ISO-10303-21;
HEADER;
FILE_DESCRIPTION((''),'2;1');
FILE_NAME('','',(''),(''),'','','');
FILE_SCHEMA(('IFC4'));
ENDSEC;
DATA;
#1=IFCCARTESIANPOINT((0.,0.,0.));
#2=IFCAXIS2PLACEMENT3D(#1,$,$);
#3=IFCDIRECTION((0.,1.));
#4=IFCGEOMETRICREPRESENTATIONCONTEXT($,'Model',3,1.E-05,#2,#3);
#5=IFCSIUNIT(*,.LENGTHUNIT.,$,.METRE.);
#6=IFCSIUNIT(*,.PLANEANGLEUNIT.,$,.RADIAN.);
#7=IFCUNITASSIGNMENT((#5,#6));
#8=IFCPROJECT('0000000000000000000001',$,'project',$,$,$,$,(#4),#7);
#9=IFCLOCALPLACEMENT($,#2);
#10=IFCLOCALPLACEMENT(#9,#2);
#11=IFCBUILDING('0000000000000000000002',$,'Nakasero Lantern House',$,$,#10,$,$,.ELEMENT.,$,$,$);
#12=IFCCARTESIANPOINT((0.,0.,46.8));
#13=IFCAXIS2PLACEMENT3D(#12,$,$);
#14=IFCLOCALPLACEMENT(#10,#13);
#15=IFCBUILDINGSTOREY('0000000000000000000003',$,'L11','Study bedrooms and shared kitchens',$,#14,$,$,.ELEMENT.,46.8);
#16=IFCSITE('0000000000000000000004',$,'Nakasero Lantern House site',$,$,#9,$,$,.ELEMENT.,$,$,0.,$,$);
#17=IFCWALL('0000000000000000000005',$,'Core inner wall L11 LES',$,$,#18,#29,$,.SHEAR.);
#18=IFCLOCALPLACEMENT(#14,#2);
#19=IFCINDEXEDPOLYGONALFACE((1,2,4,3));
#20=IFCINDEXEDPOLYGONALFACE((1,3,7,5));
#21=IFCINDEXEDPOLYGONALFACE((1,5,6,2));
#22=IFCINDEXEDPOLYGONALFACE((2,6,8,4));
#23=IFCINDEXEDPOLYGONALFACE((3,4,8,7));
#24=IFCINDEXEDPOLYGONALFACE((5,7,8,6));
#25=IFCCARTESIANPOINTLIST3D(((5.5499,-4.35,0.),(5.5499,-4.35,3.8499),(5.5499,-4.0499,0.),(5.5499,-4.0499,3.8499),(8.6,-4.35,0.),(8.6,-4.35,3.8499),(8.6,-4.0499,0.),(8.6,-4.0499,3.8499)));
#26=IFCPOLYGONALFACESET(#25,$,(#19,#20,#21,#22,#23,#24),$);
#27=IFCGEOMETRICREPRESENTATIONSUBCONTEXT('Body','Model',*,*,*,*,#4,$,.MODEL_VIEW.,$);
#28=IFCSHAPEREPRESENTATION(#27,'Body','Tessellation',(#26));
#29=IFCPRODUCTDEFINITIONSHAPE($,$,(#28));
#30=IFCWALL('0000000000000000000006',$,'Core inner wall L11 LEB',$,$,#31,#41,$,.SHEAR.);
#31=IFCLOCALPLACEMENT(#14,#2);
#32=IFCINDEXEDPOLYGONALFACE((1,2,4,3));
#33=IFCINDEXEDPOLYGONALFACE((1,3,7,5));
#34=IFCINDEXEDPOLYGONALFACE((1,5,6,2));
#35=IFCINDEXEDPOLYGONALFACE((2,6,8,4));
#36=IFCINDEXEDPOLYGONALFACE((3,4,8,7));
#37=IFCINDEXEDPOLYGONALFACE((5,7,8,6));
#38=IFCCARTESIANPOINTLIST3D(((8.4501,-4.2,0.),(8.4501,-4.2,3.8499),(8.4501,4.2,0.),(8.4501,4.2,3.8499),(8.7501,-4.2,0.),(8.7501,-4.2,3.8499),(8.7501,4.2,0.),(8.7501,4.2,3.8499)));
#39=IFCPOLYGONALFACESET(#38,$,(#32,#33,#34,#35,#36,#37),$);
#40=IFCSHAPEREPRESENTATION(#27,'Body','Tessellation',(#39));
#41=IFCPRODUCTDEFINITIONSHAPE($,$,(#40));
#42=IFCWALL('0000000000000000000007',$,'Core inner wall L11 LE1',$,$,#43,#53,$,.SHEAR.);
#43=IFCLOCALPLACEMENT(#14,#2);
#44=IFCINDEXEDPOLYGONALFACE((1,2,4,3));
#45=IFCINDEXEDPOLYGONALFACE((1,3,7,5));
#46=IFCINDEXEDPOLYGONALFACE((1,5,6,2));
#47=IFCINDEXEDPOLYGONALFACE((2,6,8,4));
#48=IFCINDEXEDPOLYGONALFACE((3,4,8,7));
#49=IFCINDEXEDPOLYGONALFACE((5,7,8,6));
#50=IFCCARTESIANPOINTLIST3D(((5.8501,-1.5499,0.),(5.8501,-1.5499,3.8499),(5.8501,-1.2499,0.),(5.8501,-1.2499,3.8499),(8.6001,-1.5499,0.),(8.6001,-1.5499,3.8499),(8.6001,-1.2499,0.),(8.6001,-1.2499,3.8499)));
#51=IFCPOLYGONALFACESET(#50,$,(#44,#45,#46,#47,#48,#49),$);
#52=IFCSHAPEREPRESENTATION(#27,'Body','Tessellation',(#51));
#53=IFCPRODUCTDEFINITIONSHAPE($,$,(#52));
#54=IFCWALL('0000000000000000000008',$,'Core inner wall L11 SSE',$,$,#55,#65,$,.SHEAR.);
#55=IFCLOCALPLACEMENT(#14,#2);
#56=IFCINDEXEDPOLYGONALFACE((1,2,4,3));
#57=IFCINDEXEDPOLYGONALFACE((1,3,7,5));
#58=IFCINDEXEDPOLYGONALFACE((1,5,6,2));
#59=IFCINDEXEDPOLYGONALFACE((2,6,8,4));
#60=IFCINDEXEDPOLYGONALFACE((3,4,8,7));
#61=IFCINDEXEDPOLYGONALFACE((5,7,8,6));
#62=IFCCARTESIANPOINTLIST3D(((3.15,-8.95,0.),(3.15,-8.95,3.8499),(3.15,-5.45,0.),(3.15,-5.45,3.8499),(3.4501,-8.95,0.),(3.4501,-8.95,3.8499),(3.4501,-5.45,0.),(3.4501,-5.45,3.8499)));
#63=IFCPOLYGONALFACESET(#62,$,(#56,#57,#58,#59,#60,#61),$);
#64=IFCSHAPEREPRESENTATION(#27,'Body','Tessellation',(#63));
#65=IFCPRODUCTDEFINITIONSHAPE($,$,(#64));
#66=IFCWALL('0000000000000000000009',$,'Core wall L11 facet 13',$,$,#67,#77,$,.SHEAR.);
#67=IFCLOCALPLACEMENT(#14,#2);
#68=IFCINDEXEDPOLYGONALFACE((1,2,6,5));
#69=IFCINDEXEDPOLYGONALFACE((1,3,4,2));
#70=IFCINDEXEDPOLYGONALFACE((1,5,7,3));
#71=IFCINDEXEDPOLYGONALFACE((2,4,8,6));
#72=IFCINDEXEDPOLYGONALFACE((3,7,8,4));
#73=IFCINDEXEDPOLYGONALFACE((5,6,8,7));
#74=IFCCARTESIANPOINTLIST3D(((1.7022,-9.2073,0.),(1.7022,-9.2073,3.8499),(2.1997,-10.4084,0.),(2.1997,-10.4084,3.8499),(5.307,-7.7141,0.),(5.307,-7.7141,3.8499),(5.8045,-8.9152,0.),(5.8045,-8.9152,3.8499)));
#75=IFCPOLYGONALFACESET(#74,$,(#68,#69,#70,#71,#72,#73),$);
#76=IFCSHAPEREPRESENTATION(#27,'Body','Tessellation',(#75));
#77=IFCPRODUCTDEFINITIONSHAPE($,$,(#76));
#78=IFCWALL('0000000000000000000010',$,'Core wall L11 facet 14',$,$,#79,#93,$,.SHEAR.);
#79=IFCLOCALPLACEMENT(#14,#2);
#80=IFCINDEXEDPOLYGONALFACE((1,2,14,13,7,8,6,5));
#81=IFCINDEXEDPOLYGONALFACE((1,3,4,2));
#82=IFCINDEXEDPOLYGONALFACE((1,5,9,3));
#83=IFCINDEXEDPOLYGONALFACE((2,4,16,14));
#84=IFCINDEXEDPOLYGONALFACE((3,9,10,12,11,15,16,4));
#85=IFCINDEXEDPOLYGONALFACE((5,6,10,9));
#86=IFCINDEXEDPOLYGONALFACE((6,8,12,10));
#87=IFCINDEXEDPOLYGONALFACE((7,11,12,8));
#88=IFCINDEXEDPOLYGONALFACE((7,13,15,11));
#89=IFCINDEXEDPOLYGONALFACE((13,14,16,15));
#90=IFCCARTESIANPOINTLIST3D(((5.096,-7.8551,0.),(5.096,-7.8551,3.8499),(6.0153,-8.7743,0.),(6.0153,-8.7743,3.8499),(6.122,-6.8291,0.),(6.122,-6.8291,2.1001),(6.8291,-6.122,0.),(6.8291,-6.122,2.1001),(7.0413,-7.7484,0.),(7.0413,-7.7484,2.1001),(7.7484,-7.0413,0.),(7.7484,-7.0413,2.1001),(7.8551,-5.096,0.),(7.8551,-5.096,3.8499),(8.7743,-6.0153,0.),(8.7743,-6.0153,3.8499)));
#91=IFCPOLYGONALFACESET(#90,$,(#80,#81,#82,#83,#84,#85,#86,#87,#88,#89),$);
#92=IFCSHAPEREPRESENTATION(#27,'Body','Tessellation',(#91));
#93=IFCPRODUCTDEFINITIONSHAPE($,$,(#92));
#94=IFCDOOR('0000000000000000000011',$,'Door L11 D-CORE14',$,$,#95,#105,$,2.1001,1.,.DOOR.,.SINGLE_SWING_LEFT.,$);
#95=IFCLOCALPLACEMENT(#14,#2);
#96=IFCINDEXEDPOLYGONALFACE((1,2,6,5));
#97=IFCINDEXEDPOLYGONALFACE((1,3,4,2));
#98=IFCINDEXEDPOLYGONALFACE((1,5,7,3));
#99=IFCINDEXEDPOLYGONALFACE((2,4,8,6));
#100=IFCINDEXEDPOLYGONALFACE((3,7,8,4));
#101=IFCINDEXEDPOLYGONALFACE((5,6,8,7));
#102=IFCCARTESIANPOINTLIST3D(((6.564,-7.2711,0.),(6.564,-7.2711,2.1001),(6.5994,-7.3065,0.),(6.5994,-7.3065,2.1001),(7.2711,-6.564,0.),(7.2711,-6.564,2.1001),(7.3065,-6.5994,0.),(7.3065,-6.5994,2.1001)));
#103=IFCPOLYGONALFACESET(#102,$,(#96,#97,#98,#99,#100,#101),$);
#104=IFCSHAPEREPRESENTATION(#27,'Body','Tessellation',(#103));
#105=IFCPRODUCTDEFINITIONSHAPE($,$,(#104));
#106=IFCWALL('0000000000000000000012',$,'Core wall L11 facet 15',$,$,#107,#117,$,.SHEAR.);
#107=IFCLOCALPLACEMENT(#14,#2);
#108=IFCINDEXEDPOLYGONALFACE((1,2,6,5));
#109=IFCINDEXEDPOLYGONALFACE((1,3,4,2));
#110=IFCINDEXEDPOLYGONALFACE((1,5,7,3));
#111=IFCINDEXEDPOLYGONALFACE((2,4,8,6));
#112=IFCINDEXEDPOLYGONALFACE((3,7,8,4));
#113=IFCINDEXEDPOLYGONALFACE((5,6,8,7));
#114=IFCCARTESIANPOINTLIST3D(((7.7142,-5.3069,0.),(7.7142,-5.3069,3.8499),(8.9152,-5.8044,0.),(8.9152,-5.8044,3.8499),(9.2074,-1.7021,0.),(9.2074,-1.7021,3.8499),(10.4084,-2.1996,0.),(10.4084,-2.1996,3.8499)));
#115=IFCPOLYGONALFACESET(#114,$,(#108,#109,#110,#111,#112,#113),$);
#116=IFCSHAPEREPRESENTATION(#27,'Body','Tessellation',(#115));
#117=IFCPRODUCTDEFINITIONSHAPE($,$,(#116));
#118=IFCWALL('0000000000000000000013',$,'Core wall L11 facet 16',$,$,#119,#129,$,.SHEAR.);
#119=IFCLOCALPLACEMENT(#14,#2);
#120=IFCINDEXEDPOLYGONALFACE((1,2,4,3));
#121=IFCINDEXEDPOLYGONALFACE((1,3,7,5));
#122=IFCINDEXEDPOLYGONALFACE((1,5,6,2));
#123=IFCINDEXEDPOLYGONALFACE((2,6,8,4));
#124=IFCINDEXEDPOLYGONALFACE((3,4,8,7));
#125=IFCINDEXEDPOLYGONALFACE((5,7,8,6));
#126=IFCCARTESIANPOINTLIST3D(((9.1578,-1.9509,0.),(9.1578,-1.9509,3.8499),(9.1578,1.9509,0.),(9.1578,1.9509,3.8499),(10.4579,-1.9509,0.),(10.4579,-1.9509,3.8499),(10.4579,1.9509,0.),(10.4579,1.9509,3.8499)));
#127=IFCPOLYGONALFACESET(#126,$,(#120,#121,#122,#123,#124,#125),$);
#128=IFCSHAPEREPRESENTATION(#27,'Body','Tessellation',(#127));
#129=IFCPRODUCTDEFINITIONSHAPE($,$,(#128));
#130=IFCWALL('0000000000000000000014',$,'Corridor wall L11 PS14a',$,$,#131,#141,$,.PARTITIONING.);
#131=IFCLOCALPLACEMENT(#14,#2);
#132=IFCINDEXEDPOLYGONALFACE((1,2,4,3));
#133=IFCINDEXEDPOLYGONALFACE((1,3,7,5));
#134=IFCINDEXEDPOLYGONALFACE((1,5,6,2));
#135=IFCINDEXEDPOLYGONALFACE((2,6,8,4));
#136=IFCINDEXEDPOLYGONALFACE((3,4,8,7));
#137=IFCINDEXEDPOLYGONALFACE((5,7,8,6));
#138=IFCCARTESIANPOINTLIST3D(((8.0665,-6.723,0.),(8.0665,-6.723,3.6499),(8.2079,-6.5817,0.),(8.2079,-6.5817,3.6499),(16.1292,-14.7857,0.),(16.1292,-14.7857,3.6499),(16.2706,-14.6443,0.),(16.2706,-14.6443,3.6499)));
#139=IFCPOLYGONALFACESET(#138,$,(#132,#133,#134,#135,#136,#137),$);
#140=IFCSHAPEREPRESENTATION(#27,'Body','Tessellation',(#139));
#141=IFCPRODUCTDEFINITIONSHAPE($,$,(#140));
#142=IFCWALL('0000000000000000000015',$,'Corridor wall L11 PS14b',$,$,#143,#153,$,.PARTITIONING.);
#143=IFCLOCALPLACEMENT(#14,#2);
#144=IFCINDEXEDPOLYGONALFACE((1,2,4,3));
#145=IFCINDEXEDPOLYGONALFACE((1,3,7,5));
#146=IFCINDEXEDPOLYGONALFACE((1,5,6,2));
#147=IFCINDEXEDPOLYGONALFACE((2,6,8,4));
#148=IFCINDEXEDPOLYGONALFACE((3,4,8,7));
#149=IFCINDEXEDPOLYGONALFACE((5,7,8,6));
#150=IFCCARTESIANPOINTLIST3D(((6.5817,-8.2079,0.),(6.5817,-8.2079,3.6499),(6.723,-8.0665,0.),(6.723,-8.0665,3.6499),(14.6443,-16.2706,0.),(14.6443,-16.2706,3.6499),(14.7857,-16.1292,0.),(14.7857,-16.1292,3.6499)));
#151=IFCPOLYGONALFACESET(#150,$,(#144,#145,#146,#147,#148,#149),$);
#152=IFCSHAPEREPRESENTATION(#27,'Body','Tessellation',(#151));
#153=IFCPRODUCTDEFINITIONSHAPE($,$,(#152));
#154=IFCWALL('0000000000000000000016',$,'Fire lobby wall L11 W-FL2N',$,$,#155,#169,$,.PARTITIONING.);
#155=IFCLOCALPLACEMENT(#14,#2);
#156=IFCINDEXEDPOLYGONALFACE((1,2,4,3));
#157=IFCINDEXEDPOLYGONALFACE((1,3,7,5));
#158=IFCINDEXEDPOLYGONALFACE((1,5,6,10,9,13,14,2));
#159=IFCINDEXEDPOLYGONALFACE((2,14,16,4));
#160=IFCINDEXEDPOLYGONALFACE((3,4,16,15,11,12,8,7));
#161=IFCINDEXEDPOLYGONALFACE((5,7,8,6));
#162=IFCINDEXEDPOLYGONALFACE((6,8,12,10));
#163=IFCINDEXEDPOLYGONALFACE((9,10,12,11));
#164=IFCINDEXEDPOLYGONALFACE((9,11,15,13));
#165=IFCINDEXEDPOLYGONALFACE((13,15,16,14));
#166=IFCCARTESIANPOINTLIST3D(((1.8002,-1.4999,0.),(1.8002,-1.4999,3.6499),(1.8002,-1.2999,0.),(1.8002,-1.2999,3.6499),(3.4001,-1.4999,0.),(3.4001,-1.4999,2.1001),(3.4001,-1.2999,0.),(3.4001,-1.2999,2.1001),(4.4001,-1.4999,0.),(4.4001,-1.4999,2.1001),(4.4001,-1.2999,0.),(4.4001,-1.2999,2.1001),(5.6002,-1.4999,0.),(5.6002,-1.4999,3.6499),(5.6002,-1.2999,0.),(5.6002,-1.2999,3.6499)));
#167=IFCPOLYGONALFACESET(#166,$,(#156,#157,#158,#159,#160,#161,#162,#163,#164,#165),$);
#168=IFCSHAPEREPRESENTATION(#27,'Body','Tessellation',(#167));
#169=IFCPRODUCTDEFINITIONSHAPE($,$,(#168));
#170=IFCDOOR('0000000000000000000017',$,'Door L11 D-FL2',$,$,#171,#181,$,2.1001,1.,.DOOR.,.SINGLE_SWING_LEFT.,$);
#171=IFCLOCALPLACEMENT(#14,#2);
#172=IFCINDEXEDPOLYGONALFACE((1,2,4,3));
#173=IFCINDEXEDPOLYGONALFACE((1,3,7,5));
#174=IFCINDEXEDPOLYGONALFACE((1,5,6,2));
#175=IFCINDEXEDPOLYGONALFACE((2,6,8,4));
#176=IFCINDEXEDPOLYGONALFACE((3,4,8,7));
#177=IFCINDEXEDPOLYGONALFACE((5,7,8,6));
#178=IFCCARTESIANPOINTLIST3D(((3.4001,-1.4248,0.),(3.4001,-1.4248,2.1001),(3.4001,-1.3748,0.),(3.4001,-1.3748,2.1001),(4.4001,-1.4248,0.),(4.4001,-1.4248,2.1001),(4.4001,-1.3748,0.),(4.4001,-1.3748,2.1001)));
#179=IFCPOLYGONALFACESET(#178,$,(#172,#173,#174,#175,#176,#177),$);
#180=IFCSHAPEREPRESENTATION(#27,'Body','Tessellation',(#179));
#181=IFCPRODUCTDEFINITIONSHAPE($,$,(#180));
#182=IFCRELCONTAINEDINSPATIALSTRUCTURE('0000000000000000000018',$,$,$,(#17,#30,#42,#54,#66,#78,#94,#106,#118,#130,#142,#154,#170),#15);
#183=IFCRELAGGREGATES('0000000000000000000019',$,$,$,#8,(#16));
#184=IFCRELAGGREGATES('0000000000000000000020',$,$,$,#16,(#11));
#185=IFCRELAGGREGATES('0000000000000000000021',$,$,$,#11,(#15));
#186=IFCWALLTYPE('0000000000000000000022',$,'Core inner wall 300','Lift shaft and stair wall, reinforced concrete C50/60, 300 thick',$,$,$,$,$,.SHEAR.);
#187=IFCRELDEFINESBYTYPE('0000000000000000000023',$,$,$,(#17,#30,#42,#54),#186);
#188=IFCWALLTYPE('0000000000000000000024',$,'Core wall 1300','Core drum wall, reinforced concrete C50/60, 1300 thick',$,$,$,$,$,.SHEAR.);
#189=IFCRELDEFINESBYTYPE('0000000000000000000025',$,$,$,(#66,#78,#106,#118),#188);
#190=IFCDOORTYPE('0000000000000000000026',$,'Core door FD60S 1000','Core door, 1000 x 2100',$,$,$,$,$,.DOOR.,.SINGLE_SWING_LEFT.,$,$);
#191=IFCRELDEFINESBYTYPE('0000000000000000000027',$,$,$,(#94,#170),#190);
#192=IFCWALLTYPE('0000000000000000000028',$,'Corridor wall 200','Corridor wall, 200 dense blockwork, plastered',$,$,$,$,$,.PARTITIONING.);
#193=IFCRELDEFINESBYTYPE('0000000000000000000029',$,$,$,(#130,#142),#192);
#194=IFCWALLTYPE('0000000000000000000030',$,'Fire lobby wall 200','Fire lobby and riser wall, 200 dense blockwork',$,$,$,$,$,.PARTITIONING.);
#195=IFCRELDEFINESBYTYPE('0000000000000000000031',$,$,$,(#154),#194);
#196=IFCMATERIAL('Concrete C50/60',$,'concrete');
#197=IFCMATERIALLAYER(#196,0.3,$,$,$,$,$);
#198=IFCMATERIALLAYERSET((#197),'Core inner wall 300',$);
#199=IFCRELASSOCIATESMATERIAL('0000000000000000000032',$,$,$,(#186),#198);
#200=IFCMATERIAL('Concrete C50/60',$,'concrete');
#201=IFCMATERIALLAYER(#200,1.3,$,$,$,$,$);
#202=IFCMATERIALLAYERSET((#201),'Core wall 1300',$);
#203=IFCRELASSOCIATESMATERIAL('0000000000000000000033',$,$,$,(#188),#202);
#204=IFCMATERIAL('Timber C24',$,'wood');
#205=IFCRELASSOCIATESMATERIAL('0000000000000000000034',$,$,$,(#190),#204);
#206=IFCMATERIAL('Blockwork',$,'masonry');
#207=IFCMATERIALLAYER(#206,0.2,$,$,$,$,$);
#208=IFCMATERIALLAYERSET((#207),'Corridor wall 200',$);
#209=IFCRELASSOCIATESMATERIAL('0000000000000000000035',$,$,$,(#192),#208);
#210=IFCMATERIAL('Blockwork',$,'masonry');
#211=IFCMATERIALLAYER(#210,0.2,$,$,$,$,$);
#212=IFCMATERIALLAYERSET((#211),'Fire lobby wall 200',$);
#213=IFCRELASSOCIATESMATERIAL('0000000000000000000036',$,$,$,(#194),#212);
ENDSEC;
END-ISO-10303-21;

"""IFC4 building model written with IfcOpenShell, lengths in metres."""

from ifc_helpers import new_model, si_unit, direction, frame, frame_2d, origin, place, context, subcontext, project, spatial, rectangle, extrude, material, layer, layer_set, type_object, element, fill, save


model = new_model("IFC4")

# Units and contexts
model_context = context("Model", 3, precision=1e-05, world=origin(), true_north=direction((0.0, 1.0)))
body_context = subcontext(model_context, "Body", "Model", "MODEL_VIEW")
ifc_project = project(units=[si_unit("LENGTHUNIT", "METRE"), si_unit("PLANEANGLEUNIT", "RADIAN")], contexts=[model_context])

# Site, building, storey
site_placement = place(None, origin())
site = spatial("IfcSite", under=ifc_project, at=site_placement, Name="Nakasero Lantern House site", CompositionType="ELEMENT", RefElevation=0.0)
building_placement = place(site_placement, origin())
building = spatial("IfcBuilding", under=site, at=building_placement, Name="Nakasero Lantern House", CompositionType="ELEMENT")
storey_placement = place(building_placement, frame((0.0, 0.0, 46.8)))
storey = spatial("IfcBuildingStorey", under=building, at=storey_placement, Name="L11", Description="Study bedrooms and shared kitchens", CompositionType="ELEMENT", Elevation=46.8)

# Shared definitions
ifc_material_1 = material(Name="Concrete C50/60", Category="concrete")
ifc_layer_1 = layer(ifc_material_1, 0.3)
ifc_layer_set_1 = layer_set([ifc_layer_1], Name="Core inner wall 300")
wall_type_1 = type_object("IfcWallType", Name="Core inner wall 300", Description="Lift shaft and stair wall, reinforced concrete C50/60, 300 thick", PredefinedType="SHEAR", material=ifc_layer_set_1)

# Walls
wall_1_placement = place(storey_placement, frame((5.55, -4.2, 0.0), z_axis=(0.0, 0.0, 1.0), x_axis=(1.0, 0.0, 0.0)))
element("IfcWall", 1, at=wall_1_placement, inside=storey, type_object=wall_type_1, Name="Core inner wall L11 LES", PredefinedType="SHEAR", context=body_context, shape_type="SweptSolid", body=[
    extrude(rectangle(XDim=3.05, YDim=0.3, at=frame_2d((1.5249, 0.0))), origin(), (0.0, 0.0, 1.0), 3.8499),
])
wall_2_placement = place(storey_placement, frame((8.6001, -4.2, 0.0), z_axis=(0.0, 0.0, 1.0), x_axis=(0.0, 1.0, 0.0)))
element("IfcWall", 2, at=wall_2_placement, inside=storey, type_object=wall_type_1, Name="Core inner wall L11 LEB", PredefinedType="SHEAR", context=body_context, shape_type="SweptSolid", body=[
    extrude(rectangle(XDim=8.3999, YDim=0.3, at=frame_2d((4.2, 0.0))), origin(), (0.0, 0.0, 1.0), 3.8499),
])
wall_3_placement = place(storey_placement, frame((5.8501, -1.3999, 0.0), z_axis=(0.0, 0.0, 1.0), x_axis=(1.0, 0.0, 0.0)))
element("IfcWall", 3, at=wall_3_placement, inside=storey, type_object=wall_type_1, Name="Core inner wall L11 LE1", PredefinedType="SHEAR", context=body_context, shape_type="SweptSolid", body=[
    extrude(rectangle(XDim=2.75, YDim=0.3, at=frame_2d((1.375, 0.0))), origin(), (0.0, 0.0, 1.0), 3.8499),
])
wall_4_placement = place(storey_placement, frame((3.3, -5.45, 0.0), z_axis=(0.0, 0.0, 1.0), x_axis=(0.0, -1.0, 0.0)))
element("IfcWall", 4, at=wall_4_placement, inside=storey, type_object=wall_type_1, Name="Core inner wall L11 SSE", PredefinedType="SHEAR", context=body_context, shape_type="SweptSolid", body=[
    extrude(rectangle(XDim=3.5, YDim=0.3, at=frame_2d((1.75, 0.0))), origin(), (0.0, 0.0, 1.0), 3.8499),
])
ifc_material_2 = material(Name="Concrete C50/60", Category="concrete")
ifc_layer_2 = layer(ifc_material_2, 1.3)
ifc_layer_set_2 = layer_set([ifc_layer_2], Name="Core wall 1300")
wall_type_2 = type_object("IfcWallType", Name="Core wall 1300", Description="Core drum wall, reinforced concrete C50/60, 1300 thick", PredefinedType="SHEAR", material=ifc_layer_set_2)
wall_5_placement = place(storey_placement, frame((1.9509, -9.8079, 0.0), z_axis=(0.0, 0.0, 1.0), x_axis=(0.923877, 0.382691, 0.0)))
element("IfcWall", 5, at=wall_5_placement, inside=storey, type_object=wall_type_2, Name="Core wall L11 facet 13", PredefinedType="SHEAR", context=body_context, shape_type="SweptSolid", body=[
    extrude(rectangle(XDim=3.9019, YDim=1.3, at=frame_2d((1.9509, 0.0))), origin(), (0.0, 0.0, 1.0), 3.8499),
])

# Wall, opening, door
wall_6_placement = place(storey_placement, frame((5.5557, -8.3147, 0.0), z_axis=(0.0, 0.0, 1.0), x_axis=(0.707107, 0.707107, 0.0)))
wall_6 = element("IfcWall", 6, at=wall_6_placement, inside=storey, type_object=wall_type_2, Name="Core wall L11 facet 14", PredefinedType="SHEAR", context=body_context, shape_type="SweptSolid", body=[
    extrude(rectangle(XDim=3.9019, YDim=1.3, at=frame_2d((1.9509, 0.0))), origin(), (0.0, 0.0, 1.0), 3.8499),
])
opening_1_placement = place(wall_6_placement, frame((1.4509, 0.0, 0.0)))
opening_1 = element("IfcOpeningElement", 7, at=opening_1_placement, cuts=wall_6, PredefinedType="OPENING", context=body_context, shape_type="SweptSolid", body=[
    extrude(rectangle(XDim=1.0, YDim=2.1001, at=frame_2d((0.5, 1.05))), frame((0.0, 0.6699, 0.0), z_axis=(0.0, -1.0, 0.0), x_axis=(1.0, 0.0, 0.0)), (0.0, 0.0, 1.0), 1.3401),
])
ifc_material_3 = material(Name="Timber C24", Category="wood")
door_type_1 = type_object("IfcDoorType", Name="Core door FD60S 1000", Description="Core door, 1000 x 2100", OperationType="SINGLE_SWING_LEFT", PredefinedType="DOOR", material=ifc_material_3)
door_1_placement = place(opening_1_placement, origin())
door_1 = element("IfcDoor", 8, at=door_1_placement, inside=storey, type_object=door_type_1, Name="Door L11 D-CORE14", OperationType="SINGLE_SWING_LEFT", OverallHeight=2.1001, OverallWidth=1.0, PredefinedType="DOOR", context=body_context, shape_type="SweptSolid", body=[
    extrude(rectangle(XDim=1.0, YDim=2.1001, at=frame_2d((0.5, 1.05))), frame((0.0, 0.0249, 0.0), z_axis=(0.0, -1.0, 0.0), x_axis=(1.0, 0.0, 0.0)), (0.0, 0.0, 1.0), 0.05),
])
fill(opening_1, door_1)

# Walls
for number, where, z_axis, x_axis, name in (
    (9, (8.3147, -5.5557, 0.0), (0.0, 0.0, 1.0), (0.382691, 0.923877, 0.0), "Core wall L11 facet 15"),
    (10, (9.8079, -1.9509, 0.0), (0.0, 0.0, 1.0), (0.0, 1.0, 0.0), "Core wall L11 facet 16"),
):
    element("IfcWall", number, at=place(storey_placement, frame(where, z_axis=z_axis, x_axis=x_axis)), inside=storey, type_object=wall_type_2, Name=name, PredefinedType="SHEAR", context=body_context, shape_type="SweptSolid", body=[
        extrude(rectangle(XDim=3.9019, YDim=1.3, at=frame_2d((1.9509, 0.0))), origin(), (0.0, 0.0, 1.0), 3.8499),
    ])
ifc_material_4 = material(Name="Blockwork", Category="masonry")
ifc_layer_3 = layer(ifc_material_4, 0.2)
ifc_layer_set_3 = layer_set([ifc_layer_3], Name="Corridor wall 200")
wall_type_3 = type_object("IfcWallType", Name="Corridor wall 200", Description="Corridor wall, 200 dense blockwork, plastered", PredefinedType="PARTITIONING", material=ifc_layer_set_3)
for number, where, z_axis, x_axis, name in (
    (11, (8.1372, -6.6523, 0.0), (0.0, 0.0, 1.0), (0.707107, -0.707107, 0.0), "Corridor wall L11 PS14a"),
    (12, (6.6523, -8.1372, 0.0), (0.0, 0.0, 1.0), (0.707107, -0.707107, 0.0), "Corridor wall L11 PS14b"),
):
    element("IfcWall", number, at=place(storey_placement, frame(where, z_axis=z_axis, x_axis=x_axis)), inside=storey, type_object=wall_type_3, Name=name, PredefinedType="PARTITIONING", context=body_context, shape_type="SweptSolid", body=[
        extrude(rectangle(XDim=11.4023, YDim=0.2, at=frame_2d((5.7012, 0.0))), origin(), (0.0, 0.0, 1.0), 3.6499),
    ])

# Wall, opening, door
ifc_material_5 = material(Name="Blockwork", Category="masonry")
ifc_layer_4 = layer(ifc_material_5, 0.2)
ifc_layer_set_4 = layer_set([ifc_layer_4], Name="Fire lobby wall 200")
wall_type_4 = type_object("IfcWallType", Name="Fire lobby wall 200", Description="Fire lobby and riser wall, 200 dense blockwork", PredefinedType="PARTITIONING", material=ifc_layer_set_4)
wall_7_placement = place(storey_placement, frame((5.6001, -1.3999, 0.0), z_axis=(0.0, 0.0, 1.0), x_axis=(-1.0, 0.0, 0.0)))
wall_7 = element("IfcWall", 13, at=wall_7_placement, inside=storey, type_object=wall_type_4, Name="Fire lobby wall L11 W-FL2N", PredefinedType="PARTITIONING", context=body_context, shape_type="SweptSolid", body=[
    extrude(rectangle(XDim=3.8, YDim=0.2, at=frame_2d((1.8999, 0.0))), origin(), (0.0, 0.0, 1.0), 3.6499),
])
opening_2_placement = place(wall_7_placement, frame((1.2, 0.0, 0.0)))
opening_2 = element("IfcOpeningElement", 14, at=opening_2_placement, cuts=wall_7, PredefinedType="OPENING", context=body_context, shape_type="SweptSolid", body=[
    extrude(rectangle(XDim=1.0, YDim=2.1001, at=frame_2d((0.5, 1.05))), frame((0.0, 0.1199, 0.0), z_axis=(0.0, -1.0, 0.0), x_axis=(1.0, 0.0, 0.0)), (0.0, 0.0, 1.0), 0.24),
])
door_2_placement = place(opening_2_placement, origin())
door_2 = element("IfcDoor", 15, at=door_2_placement, inside=storey, type_object=door_type_1, Name="Door L11 D-FL2", OperationType="SINGLE_SWING_LEFT", OverallHeight=2.1001, OverallWidth=1.0, PredefinedType="DOOR", context=body_context, shape_type="SweptSolid", body=[
    extrude(rectangle(XDim=1.0, YDim=2.1001, at=frame_2d((0.5, 1.05))), frame((0.0, 0.0249, 0.0), z_axis=(0.0, -1.0, 0.0), x_axis=(1.0, 0.0, 0.0)), (0.0, 0.0, 1.0), 0.05),
])
fill(opening_2, door_2)

save(model, "model.ifc")
